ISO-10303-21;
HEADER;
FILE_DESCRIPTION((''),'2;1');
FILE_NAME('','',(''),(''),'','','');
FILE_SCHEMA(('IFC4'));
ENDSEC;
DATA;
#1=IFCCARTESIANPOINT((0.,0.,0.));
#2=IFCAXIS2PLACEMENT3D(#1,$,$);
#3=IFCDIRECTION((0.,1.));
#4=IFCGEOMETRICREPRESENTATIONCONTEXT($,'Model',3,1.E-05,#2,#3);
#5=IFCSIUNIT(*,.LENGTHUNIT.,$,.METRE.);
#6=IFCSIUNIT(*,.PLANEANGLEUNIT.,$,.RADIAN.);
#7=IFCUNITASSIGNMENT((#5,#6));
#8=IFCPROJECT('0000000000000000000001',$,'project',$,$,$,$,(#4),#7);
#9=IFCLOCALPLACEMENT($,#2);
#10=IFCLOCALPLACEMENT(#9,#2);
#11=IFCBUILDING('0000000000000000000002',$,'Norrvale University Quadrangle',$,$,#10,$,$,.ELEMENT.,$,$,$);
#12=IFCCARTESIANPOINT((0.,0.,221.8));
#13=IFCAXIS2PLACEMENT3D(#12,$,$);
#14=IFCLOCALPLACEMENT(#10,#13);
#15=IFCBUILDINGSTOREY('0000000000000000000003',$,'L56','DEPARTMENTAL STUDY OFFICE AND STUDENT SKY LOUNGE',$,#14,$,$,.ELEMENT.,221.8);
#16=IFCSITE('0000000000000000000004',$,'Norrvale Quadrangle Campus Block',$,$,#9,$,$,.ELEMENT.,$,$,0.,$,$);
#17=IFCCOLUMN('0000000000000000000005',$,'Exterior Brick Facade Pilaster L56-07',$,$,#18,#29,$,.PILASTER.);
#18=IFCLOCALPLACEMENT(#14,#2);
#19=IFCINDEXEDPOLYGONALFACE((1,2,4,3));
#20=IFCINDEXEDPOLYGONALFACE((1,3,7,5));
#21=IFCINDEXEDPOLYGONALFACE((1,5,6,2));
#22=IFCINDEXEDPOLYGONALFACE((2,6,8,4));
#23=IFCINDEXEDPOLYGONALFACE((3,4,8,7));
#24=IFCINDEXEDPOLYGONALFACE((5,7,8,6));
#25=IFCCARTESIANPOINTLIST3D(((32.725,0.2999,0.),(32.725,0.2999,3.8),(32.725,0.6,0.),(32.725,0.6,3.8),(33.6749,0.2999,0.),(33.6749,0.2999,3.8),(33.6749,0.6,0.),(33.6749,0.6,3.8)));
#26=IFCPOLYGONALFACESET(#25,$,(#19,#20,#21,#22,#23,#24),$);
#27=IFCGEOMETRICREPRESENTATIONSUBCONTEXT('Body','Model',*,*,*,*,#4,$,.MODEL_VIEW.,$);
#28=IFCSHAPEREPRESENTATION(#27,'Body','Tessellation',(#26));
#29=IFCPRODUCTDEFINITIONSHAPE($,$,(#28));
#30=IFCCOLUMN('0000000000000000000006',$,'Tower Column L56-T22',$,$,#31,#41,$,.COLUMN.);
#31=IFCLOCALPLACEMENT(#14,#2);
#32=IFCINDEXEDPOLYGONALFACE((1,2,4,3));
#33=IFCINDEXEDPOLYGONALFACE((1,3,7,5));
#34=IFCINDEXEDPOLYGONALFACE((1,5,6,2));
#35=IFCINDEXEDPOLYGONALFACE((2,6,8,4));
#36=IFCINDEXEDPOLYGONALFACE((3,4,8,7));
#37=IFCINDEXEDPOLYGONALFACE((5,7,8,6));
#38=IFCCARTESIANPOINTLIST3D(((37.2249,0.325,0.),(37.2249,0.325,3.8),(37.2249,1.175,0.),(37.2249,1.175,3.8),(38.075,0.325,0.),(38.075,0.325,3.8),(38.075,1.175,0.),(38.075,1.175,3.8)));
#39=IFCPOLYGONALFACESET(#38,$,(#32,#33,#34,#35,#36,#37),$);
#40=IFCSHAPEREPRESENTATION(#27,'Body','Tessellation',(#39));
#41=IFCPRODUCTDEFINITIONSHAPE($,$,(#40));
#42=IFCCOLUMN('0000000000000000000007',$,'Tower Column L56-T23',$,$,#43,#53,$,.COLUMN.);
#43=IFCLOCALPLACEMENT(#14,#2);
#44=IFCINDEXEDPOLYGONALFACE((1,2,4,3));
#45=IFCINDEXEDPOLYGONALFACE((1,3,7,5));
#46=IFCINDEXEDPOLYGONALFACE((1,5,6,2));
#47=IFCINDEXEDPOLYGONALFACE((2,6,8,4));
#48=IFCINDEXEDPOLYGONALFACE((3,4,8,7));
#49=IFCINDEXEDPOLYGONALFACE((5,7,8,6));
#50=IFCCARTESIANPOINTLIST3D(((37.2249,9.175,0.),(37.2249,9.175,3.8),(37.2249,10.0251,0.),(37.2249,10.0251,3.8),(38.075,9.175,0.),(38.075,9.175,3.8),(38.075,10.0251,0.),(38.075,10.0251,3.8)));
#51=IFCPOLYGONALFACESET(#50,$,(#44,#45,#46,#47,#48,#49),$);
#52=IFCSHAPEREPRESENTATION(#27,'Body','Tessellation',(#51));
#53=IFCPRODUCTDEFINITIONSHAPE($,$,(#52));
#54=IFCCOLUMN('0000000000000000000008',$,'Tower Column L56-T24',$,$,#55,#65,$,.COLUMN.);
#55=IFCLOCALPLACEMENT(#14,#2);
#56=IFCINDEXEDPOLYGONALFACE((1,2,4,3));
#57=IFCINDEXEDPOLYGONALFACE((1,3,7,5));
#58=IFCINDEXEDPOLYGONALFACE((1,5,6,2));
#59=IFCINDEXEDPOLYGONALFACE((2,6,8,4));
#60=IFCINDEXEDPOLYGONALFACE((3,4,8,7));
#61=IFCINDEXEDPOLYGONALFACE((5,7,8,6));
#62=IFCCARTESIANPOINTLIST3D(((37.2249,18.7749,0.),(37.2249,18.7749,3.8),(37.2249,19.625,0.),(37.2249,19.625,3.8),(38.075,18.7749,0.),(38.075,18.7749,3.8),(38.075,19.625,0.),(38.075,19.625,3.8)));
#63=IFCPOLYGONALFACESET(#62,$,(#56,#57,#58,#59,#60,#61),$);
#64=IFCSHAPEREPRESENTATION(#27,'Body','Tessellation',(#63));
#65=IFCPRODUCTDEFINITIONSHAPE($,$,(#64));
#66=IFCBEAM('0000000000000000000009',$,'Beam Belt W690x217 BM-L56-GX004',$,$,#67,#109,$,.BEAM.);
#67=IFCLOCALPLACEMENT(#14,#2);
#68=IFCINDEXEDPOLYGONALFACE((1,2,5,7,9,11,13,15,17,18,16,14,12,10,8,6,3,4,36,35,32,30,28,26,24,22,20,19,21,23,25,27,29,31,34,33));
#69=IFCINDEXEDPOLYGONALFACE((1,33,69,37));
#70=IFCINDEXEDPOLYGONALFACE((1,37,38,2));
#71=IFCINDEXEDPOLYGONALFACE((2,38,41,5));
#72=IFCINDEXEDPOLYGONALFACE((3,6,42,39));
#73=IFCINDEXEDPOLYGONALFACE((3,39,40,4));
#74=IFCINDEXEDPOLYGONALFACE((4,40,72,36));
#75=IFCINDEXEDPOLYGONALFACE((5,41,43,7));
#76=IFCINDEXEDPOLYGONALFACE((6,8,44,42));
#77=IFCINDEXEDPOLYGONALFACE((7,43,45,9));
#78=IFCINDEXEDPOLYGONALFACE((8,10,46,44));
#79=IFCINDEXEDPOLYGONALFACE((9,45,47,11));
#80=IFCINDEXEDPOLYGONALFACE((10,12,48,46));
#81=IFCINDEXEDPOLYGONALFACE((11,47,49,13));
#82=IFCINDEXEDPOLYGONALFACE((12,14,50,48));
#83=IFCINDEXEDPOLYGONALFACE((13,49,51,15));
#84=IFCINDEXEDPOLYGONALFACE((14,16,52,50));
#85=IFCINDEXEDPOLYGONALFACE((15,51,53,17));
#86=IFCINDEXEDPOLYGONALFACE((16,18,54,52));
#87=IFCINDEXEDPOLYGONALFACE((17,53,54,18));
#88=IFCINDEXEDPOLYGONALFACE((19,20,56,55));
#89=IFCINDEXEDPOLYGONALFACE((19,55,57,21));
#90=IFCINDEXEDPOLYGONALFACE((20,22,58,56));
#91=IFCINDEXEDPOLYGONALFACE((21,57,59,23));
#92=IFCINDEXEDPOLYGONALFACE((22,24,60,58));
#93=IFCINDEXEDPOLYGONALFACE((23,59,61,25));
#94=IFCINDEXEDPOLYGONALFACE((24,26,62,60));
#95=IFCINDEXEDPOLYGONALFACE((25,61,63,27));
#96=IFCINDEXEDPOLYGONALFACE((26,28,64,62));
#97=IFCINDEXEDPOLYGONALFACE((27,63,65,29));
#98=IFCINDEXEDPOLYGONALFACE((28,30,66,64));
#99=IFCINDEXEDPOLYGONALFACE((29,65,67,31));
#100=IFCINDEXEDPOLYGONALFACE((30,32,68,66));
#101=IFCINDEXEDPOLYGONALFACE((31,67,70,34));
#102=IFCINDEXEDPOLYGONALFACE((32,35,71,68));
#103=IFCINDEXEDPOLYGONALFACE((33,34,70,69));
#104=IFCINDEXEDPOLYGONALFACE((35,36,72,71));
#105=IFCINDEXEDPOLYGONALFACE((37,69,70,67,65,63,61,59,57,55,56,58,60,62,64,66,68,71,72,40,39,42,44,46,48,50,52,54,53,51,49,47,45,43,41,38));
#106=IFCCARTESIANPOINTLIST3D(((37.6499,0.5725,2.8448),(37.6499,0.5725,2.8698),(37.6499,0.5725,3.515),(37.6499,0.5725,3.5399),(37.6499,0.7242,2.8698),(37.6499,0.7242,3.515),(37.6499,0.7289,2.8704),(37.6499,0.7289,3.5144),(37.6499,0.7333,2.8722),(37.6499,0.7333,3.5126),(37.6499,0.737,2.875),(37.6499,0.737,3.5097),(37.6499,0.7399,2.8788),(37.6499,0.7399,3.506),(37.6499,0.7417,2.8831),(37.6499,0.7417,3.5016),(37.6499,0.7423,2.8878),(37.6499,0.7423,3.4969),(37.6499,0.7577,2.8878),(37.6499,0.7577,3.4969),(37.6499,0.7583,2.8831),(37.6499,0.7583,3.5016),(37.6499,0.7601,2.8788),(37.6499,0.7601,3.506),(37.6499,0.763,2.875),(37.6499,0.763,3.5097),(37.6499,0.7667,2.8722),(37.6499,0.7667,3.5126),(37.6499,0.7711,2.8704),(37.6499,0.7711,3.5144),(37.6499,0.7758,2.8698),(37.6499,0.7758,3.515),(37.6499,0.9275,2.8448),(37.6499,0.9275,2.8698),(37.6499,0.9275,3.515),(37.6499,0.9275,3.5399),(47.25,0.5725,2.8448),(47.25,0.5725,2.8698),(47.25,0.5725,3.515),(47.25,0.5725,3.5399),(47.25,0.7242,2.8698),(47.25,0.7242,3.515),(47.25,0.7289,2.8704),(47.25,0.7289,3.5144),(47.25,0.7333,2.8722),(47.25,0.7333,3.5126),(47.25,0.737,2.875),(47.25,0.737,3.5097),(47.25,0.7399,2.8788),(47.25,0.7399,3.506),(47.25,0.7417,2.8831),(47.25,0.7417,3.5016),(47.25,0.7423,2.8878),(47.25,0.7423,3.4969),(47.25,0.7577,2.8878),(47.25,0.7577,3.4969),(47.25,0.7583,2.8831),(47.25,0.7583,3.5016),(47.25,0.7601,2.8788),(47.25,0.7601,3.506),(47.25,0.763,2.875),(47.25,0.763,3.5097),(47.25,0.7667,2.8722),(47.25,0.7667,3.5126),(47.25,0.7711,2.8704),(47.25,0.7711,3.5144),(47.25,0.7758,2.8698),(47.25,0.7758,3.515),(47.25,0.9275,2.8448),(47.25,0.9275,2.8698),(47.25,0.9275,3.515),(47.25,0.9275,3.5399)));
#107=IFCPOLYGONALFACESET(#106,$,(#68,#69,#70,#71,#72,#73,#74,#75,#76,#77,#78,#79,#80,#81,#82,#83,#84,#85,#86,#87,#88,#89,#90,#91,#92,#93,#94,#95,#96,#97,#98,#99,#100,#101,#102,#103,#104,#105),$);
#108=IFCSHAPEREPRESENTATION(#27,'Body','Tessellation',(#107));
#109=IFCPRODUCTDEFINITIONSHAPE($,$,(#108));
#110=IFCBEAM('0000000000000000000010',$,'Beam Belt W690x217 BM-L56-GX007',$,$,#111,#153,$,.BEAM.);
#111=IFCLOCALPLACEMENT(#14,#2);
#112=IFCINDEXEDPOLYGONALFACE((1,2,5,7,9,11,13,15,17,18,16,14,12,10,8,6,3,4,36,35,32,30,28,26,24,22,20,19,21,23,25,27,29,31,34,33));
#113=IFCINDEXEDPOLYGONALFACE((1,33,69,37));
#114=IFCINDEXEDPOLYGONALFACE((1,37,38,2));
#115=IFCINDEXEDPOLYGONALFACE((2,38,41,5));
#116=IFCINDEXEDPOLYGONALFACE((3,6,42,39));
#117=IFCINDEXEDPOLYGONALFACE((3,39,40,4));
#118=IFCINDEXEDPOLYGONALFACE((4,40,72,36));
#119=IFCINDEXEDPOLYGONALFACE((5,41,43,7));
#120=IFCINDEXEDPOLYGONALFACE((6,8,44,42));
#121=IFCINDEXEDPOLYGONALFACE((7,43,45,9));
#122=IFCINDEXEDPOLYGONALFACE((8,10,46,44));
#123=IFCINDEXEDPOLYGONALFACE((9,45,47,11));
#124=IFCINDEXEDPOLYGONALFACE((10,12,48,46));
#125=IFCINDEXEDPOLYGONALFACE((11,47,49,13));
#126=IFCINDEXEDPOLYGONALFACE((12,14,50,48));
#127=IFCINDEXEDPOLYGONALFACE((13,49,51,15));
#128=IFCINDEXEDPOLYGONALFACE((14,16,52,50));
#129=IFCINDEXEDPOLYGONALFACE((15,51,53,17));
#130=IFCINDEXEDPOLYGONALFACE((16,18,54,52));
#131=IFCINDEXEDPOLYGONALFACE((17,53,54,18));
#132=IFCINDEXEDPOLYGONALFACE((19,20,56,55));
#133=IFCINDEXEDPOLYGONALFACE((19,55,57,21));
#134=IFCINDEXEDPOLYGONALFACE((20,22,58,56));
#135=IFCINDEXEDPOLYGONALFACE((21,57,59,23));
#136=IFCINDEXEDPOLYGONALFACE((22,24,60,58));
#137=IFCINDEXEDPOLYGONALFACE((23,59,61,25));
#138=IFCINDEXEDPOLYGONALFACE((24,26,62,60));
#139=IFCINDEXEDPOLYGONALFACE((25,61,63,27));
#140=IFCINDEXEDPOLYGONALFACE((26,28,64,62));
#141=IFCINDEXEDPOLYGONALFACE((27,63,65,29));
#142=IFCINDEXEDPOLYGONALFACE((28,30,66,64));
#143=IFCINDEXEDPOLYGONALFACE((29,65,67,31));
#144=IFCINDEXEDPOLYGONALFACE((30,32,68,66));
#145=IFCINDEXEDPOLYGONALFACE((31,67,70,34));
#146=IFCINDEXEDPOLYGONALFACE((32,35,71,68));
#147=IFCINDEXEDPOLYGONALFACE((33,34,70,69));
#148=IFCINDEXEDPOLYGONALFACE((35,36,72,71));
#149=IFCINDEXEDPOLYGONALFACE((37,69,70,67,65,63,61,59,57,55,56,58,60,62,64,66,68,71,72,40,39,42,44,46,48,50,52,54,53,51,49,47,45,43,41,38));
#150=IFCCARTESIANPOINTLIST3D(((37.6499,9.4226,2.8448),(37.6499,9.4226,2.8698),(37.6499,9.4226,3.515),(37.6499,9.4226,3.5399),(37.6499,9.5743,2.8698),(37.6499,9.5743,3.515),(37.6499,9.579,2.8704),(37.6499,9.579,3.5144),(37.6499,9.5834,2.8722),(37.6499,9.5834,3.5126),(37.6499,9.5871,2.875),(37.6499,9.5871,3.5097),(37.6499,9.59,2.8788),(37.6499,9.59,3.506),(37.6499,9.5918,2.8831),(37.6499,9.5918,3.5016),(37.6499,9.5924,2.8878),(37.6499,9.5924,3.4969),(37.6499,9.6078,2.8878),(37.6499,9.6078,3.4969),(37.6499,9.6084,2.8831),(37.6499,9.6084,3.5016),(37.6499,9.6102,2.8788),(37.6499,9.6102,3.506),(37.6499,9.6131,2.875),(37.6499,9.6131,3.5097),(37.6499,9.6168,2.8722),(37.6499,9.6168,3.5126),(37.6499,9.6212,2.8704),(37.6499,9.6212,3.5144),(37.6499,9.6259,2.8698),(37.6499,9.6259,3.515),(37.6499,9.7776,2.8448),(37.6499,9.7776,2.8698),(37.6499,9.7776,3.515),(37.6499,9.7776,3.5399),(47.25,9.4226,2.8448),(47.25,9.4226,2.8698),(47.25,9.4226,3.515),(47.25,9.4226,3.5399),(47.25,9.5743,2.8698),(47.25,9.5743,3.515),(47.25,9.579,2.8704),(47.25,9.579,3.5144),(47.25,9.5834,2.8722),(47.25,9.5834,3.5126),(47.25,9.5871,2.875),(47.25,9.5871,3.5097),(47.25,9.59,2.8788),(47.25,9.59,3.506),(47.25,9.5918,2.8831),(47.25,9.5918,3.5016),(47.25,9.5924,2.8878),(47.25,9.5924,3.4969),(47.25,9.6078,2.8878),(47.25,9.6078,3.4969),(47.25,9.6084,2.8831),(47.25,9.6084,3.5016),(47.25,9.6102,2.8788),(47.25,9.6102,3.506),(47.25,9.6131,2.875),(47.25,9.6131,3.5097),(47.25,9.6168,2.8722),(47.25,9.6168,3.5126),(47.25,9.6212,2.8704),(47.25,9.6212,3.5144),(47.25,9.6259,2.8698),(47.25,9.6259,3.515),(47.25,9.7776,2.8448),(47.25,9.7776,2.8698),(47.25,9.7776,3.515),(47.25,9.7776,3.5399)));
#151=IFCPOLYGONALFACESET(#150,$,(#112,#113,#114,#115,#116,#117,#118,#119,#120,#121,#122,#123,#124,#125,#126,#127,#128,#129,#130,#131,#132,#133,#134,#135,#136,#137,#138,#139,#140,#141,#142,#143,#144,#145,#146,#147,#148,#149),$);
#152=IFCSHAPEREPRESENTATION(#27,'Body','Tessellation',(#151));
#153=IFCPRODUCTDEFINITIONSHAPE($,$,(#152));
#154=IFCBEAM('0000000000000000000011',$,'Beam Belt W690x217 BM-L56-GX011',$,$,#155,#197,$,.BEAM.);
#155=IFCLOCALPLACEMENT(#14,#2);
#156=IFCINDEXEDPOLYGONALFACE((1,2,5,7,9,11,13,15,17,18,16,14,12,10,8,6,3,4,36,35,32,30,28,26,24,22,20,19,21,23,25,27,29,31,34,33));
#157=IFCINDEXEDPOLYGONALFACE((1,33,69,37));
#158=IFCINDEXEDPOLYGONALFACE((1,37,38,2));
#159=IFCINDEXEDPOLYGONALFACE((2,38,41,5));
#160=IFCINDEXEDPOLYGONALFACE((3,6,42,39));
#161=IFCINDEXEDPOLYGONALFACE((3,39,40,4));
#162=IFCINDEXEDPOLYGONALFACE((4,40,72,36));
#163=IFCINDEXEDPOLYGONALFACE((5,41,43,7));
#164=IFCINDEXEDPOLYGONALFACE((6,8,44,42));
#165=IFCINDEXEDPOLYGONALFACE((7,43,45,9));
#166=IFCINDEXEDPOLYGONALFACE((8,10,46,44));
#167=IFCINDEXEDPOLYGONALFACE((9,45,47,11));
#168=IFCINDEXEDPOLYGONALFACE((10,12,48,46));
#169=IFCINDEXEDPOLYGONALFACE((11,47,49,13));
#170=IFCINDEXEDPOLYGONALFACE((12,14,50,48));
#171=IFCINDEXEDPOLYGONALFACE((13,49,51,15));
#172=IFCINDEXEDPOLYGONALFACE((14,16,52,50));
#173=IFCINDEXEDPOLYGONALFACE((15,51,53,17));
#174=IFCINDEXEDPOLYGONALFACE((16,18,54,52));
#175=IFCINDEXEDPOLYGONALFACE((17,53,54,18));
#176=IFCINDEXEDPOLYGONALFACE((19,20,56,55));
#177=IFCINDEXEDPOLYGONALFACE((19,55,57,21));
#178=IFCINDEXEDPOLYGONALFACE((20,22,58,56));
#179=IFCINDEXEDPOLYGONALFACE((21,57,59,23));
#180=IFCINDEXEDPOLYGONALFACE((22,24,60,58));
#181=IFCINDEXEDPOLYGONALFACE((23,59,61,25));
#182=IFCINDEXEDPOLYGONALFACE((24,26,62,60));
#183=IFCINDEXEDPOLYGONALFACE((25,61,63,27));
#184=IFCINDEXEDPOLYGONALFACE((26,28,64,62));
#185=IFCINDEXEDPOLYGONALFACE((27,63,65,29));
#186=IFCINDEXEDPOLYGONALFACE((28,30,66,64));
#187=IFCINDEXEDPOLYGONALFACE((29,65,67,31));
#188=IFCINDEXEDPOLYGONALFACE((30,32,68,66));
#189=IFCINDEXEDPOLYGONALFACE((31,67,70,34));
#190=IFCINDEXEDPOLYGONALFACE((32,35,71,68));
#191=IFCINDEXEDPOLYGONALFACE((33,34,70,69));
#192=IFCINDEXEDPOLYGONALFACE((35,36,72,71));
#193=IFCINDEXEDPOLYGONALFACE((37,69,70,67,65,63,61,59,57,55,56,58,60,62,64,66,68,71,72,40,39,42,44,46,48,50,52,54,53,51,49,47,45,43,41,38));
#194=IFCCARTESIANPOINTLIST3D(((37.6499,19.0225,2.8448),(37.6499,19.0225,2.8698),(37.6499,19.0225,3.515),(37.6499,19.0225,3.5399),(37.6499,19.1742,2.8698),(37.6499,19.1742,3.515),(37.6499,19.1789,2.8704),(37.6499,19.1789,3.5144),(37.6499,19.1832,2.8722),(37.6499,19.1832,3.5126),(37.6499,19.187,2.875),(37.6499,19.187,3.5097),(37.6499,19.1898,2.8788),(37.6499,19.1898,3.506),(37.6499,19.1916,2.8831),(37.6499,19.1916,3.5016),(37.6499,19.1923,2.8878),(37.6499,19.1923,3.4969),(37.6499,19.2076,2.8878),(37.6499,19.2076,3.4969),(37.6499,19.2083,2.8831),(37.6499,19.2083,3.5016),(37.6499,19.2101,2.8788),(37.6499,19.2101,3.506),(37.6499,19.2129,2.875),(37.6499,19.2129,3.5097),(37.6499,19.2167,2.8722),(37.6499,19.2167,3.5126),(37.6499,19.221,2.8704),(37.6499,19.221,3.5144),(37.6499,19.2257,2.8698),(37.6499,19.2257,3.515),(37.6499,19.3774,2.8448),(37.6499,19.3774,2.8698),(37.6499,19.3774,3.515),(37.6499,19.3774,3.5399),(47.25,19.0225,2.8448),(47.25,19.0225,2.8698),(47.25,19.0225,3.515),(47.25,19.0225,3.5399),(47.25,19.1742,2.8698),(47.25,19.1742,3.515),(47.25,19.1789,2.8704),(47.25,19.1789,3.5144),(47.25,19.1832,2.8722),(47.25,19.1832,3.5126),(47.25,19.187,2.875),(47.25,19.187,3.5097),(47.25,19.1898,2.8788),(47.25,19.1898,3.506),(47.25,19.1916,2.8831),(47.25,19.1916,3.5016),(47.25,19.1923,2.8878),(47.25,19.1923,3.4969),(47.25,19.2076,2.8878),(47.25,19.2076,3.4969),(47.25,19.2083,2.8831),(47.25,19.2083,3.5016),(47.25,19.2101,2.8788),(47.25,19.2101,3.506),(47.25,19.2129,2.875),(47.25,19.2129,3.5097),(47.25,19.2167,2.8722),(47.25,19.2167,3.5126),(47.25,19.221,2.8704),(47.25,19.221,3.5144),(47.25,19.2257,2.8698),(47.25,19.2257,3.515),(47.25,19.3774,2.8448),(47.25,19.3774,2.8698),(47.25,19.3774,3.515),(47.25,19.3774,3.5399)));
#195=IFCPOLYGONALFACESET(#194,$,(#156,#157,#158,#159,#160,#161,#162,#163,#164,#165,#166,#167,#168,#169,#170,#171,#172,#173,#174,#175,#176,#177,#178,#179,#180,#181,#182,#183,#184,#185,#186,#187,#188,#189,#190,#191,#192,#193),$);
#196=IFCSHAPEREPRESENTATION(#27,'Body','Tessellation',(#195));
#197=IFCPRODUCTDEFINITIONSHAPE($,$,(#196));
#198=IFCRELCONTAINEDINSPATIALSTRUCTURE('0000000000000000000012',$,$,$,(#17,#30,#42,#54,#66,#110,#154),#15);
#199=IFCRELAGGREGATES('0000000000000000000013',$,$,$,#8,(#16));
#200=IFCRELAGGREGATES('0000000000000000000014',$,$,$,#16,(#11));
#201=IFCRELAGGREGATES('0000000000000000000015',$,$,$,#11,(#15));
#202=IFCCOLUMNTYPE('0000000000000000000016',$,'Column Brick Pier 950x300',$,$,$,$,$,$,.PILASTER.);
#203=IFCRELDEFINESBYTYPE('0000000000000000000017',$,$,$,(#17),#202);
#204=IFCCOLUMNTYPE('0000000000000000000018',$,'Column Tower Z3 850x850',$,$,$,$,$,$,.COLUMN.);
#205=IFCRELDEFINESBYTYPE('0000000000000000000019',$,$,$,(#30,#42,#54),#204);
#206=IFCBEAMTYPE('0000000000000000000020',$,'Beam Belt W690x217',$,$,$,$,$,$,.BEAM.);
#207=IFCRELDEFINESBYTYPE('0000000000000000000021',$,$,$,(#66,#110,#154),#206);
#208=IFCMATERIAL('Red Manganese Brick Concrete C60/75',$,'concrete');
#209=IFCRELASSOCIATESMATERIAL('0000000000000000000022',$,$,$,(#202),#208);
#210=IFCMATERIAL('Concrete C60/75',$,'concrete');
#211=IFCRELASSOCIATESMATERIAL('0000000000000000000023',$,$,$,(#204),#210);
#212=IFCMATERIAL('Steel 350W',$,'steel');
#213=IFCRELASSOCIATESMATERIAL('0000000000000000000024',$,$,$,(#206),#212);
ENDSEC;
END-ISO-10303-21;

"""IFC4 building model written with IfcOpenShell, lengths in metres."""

from ifc_helpers import new_model, si_unit, direction, frame, origin, origin_2d, place, context, subcontext, project, spatial, rectangle, i_section, extrude, material, material_profile, profile_set, type_object, element, save


model = new_model("IFC4")

# Units and contexts
model_context = context("Model", 3, precision=1e-05, world=origin(), true_north=direction((0.0, 1.0)))
body_context = subcontext(model_context, "Body", "Model", "MODEL_VIEW")
ifc_project = project(units=[si_unit("LENGTHUNIT", "METRE"), si_unit("PLANEANGLEUNIT", "RADIAN")], contexts=[model_context])

# Site, building, storey
site_placement = place(None, origin())
site = spatial("IfcSite", under=ifc_project, at=site_placement, Name="Norrvale Quadrangle Campus Block", CompositionType="ELEMENT", RefElevation=0.0)
building_placement = place(site_placement, origin())
building = spatial("IfcBuilding", under=site, at=building_placement, Name="Norrvale University Quadrangle", CompositionType="ELEMENT")
storey_placement = place(building_placement, frame((0.0, 0.0, 221.8)))
storey = spatial("IfcBuildingStorey", under=building, at=storey_placement, Name="L56", Description="DEPARTMENTAL STUDY OFFICE AND STUDENT SKY LOUNGE", CompositionType="ELEMENT", Elevation=221.8)

# Columns
ifc_material_1 = material(Name="Red Manganese Brick Concrete C60/75", Category="concrete")
ifc_material_profile_1 = material_profile(ifc_material_1, rectangle(XDim=0.95, YDim=0.3, at=origin_2d()), Name="Red Manganese Brick Concrete C60/75")
ifc_profile_set_1 = profile_set([ifc_material_profile_1], Name="Red Manganese Brick Concrete C60/75")
column_type_1 = type_object("IfcColumnType", Name="Column Brick Pier 950x300", PredefinedType="PILASTER", material=ifc_profile_set_1)
column_placement = place(storey_placement, frame((33.2, 0.45, 0.0), z_axis=(0.0, 0.0, 1.0), x_axis=(1.0, 0.0, 0.0)))
element("IfcColumn", 1, at=column_placement, inside=storey, type_object=column_type_1, Name="Exterior Brick Facade Pilaster L56-07", PredefinedType="PILASTER", context=body_context, shape_type="SweptSolid", body=[
    extrude(rectangle(XDim=0.95, YDim=0.3, at=origin_2d()), origin(), (0.0, 0.0, 1.0), 3.8),
])
ifc_material_2 = material(Name="Concrete C60/75", Category="concrete")
ifc_material_profile_2 = material_profile(ifc_material_2, rectangle(XDim=0.8501, YDim=0.8501, at=origin_2d()), Name="Concrete C60/75")
ifc_profile_set_2 = profile_set([ifc_material_profile_2], Name="Concrete C60/75")
column_type_2 = type_object("IfcColumnType", Name="Column Tower Z3 850x850", PredefinedType="COLUMN", material=ifc_profile_set_2)
for number, where, z_axis, x_axis, name in (
    (2, (37.6499, 0.75, 0.0), (0.0, 0.0, 1.0), (1.0, 0.0, 0.0), "Tower Column L56-T22"),
    (3, (37.6499, 9.6001, 0.0), (0.0, 0.0, 1.0), (1.0, 0.0, 0.0), "Tower Column L56-T23"),
    (4, (37.6499, 19.2, 0.0), (0.0, 0.0, 1.0), (1.0, 0.0, 0.0), "Tower Column L56-T24"),
):
    element("IfcColumn", number, at=place(storey_placement, frame(where, z_axis=z_axis, x_axis=x_axis)), inside=storey, type_object=column_type_2, Name=name, PredefinedType="COLUMN", context=body_context, shape_type="SweptSolid", body=[
        extrude(rectangle(XDim=0.8501, YDim=0.8501, at=origin_2d()), origin(), (0.0, 0.0, 1.0), 3.8),
    ])

# Beams
ifc_material_3 = material(Name="Steel 350W", Category="steel")
ifc_material_profile_3 = material_profile(ifc_material_3, i_section(OverallWidth=0.355, OverallDepth=0.6951, WebThickness=0.0154, FlangeThickness=0.0249, FilletRadius=0.0181, at=origin_2d()), Name="Steel 350W")
ifc_profile_set_3 = profile_set([ifc_material_profile_3], Name="Steel 350W")
beam_type_1 = type_object("IfcBeamType", Name="Beam Belt W690x217", PredefinedType="BEAM", material=ifc_profile_set_3)
for number, where, z_axis, x_axis, name in (
    (5, (37.6499, 0.75, 3.1924), (1.0, 0.0, 0.0), (0.0, 1.0, 0.0), "Beam Belt W690x217 BM-L56-GX004"),
    (6, (37.6499, 9.6001, 3.1924), (1.0, 0.0, 0.0), (0.0, 1.0, 0.0), "Beam Belt W690x217 BM-L56-GX007"),
    (7, (37.6499, 19.2, 3.1924), (1.0, 0.0, 0.0), (0.0, 1.0, 0.0), "Beam Belt W690x217 BM-L56-GX011"),
):
    element("IfcBeam", number, at=place(storey_placement, frame(where, z_axis=z_axis, x_axis=x_axis)), inside=storey, type_object=beam_type_1, Name=name, PredefinedType="BEAM", context=body_context, shape_type="SweptSolid", body=[
        extrude(i_section(OverallWidth=0.355, OverallDepth=0.6951, WebThickness=0.0154, FlangeThickness=0.0249, FilletRadius=0.0181, at=origin_2d()), origin(), (0.0, 0.0, 1.0), 9.6001),
    ])

save(model, "model.ifc")
